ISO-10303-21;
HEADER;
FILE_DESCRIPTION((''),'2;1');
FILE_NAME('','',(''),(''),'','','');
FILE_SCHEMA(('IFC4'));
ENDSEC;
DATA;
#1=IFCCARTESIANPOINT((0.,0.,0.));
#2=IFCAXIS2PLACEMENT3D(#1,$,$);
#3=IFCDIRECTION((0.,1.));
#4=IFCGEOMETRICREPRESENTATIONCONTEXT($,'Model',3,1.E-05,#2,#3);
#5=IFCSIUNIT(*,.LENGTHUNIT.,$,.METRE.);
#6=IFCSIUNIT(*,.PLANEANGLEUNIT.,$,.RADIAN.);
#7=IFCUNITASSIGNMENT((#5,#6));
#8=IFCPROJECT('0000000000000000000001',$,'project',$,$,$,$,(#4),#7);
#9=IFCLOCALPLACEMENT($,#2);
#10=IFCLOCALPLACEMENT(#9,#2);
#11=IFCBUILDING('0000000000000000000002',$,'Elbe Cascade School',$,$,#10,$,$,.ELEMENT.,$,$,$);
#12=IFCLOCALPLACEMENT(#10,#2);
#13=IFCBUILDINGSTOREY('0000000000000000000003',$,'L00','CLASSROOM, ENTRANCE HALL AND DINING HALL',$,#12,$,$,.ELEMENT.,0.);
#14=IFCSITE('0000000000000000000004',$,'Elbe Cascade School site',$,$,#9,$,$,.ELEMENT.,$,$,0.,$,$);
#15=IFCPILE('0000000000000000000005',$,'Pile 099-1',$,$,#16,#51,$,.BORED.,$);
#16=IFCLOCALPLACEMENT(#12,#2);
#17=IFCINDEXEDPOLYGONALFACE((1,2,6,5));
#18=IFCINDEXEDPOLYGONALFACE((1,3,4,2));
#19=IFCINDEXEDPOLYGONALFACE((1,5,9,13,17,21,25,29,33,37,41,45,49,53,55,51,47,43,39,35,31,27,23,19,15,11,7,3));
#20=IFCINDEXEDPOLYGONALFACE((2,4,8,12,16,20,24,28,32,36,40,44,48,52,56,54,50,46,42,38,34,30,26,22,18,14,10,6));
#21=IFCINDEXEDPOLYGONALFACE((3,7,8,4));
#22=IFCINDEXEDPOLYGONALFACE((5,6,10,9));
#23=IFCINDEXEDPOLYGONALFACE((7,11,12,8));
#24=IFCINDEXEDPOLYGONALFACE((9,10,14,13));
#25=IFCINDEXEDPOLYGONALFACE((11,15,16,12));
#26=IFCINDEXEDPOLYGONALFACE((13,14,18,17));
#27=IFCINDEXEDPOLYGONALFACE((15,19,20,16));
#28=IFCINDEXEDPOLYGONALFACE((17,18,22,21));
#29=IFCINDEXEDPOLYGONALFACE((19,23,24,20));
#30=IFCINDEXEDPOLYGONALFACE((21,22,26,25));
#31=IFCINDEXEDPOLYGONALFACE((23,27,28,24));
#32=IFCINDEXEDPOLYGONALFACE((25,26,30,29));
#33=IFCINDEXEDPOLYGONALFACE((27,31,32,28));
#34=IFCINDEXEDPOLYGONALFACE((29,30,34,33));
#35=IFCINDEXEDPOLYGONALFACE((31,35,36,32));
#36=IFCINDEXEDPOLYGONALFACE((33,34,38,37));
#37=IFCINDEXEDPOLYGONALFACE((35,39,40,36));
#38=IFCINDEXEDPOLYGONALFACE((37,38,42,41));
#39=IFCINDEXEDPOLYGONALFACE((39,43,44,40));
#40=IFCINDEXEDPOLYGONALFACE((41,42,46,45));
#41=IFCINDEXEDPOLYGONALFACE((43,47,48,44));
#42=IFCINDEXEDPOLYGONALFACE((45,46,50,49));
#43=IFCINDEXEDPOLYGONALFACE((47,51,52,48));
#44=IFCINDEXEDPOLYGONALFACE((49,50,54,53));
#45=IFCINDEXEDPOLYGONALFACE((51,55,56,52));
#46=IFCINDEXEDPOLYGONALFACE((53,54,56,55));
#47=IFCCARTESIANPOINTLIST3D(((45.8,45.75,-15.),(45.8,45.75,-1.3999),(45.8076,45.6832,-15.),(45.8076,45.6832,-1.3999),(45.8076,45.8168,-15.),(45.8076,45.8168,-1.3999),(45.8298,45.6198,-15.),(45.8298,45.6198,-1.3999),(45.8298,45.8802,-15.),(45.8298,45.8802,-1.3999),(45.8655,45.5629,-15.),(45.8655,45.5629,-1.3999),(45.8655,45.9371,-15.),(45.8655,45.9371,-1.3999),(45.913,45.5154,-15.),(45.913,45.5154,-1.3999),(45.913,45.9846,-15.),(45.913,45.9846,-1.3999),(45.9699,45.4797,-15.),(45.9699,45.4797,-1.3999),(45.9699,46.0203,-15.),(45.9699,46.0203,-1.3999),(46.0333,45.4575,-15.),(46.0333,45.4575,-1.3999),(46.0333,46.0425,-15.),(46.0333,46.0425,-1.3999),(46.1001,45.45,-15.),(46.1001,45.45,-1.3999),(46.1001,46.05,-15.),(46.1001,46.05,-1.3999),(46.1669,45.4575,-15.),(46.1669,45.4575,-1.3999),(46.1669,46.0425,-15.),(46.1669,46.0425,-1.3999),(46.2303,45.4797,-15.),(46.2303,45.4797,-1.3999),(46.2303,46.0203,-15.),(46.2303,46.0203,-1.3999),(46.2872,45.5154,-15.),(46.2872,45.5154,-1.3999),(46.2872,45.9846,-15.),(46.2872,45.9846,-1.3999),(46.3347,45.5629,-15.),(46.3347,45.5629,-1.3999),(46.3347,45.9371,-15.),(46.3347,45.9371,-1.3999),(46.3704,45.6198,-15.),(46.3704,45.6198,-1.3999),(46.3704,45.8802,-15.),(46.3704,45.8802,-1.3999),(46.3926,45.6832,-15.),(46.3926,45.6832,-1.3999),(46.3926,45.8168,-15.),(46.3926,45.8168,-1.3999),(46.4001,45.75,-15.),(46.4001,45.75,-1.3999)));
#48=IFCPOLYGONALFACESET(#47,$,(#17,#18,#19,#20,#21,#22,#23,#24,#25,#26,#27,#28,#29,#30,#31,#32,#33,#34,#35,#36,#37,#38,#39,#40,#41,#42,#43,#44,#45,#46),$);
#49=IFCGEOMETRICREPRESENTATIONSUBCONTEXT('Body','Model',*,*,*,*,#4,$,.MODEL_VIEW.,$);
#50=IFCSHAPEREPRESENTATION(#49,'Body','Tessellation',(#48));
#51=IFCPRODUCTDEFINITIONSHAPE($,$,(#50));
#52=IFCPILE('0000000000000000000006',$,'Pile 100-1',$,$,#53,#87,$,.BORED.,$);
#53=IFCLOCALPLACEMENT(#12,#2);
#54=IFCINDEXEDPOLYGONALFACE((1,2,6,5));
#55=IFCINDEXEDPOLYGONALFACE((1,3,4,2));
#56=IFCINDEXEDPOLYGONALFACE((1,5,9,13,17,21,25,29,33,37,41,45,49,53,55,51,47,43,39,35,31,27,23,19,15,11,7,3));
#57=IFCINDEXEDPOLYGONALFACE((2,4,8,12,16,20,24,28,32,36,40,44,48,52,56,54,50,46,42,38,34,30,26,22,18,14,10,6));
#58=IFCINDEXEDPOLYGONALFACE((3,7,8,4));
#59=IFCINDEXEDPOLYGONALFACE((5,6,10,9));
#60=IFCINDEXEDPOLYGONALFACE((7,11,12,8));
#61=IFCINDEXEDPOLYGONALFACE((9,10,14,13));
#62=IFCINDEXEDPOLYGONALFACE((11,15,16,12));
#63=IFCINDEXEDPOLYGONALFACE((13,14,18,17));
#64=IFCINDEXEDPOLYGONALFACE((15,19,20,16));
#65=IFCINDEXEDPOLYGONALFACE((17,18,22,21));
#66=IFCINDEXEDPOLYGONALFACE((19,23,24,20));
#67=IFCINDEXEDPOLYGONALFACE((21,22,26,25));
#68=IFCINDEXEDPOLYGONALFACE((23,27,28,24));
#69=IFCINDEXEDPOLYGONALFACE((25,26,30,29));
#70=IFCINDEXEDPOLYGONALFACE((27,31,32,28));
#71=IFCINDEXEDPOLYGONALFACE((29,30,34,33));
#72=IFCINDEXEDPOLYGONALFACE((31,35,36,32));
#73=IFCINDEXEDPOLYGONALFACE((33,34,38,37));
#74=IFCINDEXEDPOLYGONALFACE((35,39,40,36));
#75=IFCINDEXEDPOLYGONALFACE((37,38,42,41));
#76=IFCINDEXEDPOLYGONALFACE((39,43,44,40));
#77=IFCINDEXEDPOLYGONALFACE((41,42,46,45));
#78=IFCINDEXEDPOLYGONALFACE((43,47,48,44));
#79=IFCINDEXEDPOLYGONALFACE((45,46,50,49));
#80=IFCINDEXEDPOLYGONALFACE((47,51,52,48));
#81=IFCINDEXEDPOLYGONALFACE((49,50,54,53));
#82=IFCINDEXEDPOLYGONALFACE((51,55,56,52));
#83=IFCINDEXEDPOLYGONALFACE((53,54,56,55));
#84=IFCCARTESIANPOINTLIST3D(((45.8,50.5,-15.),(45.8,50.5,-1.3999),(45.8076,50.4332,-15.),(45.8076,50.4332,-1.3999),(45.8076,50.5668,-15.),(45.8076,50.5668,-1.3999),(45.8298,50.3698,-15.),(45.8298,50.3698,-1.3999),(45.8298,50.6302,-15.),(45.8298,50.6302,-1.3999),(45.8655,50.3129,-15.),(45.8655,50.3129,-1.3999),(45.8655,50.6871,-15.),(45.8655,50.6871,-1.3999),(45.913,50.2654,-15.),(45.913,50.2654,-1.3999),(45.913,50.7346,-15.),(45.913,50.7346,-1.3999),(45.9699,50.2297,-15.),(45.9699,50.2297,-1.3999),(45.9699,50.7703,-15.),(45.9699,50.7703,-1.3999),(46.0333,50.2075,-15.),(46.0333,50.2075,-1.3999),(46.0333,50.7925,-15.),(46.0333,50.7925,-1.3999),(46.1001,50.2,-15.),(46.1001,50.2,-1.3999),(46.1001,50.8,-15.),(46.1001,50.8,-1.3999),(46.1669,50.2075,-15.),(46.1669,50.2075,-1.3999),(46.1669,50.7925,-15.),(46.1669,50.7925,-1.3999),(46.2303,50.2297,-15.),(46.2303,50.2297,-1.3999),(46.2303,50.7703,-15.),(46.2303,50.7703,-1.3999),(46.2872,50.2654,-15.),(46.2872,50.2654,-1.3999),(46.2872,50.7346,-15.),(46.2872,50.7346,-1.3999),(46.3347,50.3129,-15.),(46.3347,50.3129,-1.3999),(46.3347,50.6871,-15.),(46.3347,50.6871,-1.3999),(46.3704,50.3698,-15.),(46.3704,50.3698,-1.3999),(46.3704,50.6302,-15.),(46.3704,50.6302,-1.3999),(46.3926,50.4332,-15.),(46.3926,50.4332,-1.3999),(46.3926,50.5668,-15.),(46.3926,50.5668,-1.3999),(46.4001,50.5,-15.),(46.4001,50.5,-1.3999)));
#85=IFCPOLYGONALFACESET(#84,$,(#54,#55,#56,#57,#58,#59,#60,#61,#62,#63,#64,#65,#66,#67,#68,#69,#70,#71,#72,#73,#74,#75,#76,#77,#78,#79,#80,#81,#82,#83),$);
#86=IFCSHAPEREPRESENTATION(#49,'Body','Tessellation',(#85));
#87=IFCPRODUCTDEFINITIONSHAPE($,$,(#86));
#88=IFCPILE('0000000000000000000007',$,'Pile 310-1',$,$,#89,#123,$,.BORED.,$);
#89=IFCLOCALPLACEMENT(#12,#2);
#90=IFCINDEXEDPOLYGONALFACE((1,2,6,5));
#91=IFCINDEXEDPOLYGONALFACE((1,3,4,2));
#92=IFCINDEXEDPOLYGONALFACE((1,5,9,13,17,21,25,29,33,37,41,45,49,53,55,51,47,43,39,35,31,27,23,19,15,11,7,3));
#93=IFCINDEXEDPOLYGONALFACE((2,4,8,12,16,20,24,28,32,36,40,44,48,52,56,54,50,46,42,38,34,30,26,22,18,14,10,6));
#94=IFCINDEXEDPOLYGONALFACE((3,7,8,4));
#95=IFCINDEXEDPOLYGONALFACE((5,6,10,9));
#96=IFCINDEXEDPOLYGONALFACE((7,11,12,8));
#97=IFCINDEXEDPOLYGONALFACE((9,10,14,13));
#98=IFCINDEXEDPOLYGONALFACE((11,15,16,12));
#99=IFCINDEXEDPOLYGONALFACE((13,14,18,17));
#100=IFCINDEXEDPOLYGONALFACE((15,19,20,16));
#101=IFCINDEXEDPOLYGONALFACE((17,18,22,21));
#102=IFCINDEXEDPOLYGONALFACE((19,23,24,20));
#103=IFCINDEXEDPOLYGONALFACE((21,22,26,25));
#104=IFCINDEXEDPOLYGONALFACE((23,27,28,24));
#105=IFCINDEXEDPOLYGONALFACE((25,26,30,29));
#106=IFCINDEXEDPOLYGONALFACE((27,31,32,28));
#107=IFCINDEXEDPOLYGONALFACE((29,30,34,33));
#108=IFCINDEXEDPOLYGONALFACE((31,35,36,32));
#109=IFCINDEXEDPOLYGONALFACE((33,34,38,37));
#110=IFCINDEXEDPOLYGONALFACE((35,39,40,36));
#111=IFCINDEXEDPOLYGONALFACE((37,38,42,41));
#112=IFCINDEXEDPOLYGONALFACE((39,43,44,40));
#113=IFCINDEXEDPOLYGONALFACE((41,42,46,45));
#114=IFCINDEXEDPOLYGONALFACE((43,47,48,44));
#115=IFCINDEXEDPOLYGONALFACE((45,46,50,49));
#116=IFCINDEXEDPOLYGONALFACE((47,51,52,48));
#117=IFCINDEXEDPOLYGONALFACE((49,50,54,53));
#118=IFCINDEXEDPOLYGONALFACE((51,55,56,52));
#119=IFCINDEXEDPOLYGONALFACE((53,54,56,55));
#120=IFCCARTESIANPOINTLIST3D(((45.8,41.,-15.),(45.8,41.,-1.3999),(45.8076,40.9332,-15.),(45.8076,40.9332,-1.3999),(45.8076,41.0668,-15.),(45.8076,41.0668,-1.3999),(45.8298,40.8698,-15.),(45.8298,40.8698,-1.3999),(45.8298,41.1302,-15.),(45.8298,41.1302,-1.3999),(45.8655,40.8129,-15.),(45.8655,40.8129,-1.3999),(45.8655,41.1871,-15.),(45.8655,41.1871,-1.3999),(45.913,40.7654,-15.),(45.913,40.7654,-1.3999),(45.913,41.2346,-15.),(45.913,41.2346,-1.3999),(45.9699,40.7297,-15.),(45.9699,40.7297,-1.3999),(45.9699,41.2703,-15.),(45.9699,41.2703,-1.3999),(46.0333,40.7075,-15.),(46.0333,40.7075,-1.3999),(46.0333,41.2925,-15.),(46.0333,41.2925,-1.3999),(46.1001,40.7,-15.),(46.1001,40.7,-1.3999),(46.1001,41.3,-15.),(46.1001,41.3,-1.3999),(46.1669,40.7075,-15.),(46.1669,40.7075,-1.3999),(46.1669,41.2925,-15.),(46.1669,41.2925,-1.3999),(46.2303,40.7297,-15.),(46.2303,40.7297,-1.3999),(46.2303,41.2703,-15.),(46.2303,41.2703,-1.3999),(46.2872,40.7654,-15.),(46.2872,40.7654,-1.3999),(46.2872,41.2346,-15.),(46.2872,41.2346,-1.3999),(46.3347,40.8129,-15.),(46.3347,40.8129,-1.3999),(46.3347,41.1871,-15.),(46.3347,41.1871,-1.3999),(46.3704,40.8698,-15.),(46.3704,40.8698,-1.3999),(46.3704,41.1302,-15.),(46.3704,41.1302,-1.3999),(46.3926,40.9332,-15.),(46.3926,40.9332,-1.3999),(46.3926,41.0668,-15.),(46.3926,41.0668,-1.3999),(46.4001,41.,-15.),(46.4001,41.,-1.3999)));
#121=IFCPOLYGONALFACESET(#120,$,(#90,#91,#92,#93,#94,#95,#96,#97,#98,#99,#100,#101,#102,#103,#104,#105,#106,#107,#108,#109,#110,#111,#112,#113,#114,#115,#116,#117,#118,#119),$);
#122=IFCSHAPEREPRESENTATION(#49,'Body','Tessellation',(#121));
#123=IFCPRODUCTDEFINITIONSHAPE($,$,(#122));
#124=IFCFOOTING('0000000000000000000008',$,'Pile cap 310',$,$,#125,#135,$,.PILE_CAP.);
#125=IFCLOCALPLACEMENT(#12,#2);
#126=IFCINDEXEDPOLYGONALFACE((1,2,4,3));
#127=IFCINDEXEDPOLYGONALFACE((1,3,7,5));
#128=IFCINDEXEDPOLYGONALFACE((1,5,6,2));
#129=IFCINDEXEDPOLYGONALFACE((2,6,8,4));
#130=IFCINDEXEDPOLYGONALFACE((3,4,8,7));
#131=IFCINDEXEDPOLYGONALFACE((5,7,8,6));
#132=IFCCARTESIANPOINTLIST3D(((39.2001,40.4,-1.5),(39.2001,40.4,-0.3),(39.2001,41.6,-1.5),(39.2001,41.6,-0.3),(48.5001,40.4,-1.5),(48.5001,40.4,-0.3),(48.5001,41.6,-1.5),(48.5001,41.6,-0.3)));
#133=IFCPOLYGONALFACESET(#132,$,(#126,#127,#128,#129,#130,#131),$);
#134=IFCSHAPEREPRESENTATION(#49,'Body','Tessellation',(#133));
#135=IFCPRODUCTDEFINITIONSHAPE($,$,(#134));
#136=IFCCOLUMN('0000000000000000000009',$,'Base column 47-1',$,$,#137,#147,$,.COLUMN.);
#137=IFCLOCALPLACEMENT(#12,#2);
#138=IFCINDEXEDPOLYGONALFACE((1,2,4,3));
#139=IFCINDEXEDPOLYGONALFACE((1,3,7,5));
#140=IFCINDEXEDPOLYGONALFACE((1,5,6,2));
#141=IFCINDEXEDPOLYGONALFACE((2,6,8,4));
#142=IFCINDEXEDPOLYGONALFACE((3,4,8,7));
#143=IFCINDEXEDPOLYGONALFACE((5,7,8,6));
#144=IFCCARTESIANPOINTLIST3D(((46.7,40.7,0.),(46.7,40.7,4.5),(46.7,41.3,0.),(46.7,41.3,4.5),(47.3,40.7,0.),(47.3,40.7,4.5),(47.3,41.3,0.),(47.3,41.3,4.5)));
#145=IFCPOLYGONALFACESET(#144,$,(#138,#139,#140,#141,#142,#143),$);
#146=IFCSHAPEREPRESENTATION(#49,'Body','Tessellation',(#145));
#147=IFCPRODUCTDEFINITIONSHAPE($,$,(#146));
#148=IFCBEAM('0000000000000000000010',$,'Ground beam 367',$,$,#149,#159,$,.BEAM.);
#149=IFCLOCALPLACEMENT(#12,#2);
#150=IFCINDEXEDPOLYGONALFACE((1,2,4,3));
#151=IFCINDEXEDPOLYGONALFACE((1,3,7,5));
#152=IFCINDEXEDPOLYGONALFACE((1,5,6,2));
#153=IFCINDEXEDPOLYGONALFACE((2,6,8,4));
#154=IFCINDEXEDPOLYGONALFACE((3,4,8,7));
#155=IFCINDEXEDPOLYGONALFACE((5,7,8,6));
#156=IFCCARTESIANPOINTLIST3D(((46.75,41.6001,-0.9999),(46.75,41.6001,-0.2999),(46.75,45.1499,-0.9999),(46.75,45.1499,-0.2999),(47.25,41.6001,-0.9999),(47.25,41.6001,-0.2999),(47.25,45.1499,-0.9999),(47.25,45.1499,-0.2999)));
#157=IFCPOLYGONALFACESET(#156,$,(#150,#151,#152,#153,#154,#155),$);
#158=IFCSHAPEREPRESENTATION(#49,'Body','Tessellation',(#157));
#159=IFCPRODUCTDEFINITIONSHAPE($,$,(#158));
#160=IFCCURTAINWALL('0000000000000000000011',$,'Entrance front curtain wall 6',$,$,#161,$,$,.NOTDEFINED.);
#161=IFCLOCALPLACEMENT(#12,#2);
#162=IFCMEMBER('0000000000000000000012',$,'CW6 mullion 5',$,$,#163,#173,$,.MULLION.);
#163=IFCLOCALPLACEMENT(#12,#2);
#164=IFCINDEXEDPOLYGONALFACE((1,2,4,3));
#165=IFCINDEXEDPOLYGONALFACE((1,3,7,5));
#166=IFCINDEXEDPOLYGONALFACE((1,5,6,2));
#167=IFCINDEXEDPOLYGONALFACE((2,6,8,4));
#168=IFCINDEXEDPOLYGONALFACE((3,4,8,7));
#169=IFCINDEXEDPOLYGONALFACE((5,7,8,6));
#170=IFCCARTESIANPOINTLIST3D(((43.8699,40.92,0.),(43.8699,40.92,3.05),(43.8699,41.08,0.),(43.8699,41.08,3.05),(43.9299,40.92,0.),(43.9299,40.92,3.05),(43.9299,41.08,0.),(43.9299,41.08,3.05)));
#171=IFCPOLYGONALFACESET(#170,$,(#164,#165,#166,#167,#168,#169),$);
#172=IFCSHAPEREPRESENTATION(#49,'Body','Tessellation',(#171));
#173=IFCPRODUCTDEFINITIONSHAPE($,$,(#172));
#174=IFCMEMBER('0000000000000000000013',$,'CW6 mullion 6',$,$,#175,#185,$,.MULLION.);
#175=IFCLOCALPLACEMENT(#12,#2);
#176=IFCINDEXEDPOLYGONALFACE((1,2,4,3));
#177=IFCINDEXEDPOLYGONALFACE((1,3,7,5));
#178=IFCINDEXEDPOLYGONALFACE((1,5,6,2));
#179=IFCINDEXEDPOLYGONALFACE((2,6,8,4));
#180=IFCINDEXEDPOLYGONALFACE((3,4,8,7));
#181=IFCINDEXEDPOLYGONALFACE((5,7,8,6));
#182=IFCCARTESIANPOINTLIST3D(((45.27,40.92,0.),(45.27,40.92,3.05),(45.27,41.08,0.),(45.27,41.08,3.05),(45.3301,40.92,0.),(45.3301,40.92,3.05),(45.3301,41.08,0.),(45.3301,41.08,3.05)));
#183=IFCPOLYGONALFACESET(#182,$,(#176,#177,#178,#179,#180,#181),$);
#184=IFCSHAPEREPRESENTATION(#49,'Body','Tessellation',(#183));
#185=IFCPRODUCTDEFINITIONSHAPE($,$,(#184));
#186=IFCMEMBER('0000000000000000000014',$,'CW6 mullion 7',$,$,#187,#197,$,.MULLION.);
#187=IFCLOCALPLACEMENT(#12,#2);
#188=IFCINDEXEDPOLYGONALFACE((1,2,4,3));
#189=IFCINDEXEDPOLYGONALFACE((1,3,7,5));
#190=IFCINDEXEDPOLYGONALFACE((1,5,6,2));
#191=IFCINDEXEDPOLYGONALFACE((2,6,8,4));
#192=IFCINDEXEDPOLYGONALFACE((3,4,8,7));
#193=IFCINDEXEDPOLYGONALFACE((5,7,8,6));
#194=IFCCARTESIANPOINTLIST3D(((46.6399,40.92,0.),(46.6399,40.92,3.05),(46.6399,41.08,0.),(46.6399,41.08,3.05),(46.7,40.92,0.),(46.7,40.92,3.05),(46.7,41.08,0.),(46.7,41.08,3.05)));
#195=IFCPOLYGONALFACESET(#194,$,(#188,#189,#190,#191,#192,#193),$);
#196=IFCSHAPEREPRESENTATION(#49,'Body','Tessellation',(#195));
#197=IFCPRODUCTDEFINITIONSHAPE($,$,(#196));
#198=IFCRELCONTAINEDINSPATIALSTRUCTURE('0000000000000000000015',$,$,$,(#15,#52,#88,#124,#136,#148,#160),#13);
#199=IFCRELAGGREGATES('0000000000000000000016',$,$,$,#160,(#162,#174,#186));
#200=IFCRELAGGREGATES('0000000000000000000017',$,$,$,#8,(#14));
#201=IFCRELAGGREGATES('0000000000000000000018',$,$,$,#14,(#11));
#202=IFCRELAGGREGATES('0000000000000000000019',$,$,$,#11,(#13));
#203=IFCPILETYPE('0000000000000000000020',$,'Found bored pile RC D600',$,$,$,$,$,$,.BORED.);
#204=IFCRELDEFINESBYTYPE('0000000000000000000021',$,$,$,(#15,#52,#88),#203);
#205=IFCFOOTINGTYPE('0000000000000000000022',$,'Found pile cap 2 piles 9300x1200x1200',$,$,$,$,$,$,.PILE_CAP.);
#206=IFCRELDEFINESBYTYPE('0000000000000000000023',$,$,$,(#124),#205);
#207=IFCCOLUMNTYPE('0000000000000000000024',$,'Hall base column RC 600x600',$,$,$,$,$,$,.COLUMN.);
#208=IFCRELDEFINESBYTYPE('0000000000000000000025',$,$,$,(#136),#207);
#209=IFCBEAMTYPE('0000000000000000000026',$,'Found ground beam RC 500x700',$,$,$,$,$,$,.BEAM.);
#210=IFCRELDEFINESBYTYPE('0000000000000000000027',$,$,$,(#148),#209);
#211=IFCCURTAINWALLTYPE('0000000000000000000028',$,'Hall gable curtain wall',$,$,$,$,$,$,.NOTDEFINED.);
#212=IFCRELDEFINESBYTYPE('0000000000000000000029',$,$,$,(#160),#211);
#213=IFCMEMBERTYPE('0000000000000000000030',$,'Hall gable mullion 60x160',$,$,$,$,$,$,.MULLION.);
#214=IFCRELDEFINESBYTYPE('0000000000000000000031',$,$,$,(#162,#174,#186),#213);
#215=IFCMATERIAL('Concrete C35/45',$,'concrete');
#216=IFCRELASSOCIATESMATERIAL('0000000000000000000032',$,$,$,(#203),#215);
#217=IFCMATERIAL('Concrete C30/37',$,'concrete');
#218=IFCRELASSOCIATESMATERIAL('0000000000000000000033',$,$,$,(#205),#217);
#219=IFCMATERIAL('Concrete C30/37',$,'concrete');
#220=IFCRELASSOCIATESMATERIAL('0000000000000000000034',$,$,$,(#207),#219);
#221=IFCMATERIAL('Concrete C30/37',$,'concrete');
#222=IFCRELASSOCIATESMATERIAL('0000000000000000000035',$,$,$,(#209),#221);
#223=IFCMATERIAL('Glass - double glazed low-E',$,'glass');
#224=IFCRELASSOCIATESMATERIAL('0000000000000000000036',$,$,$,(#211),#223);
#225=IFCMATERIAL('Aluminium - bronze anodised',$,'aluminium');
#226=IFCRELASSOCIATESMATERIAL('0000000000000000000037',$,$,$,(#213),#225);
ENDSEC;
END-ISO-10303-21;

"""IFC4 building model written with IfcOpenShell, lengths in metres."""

from ifc_helpers import new_model, si_unit, direction, frame, origin, origin_2d, place, context, subcontext, project, spatial, rectangle, circle, extrude, material, material_profile, profile_set, type_object, element, aggregate, save


model = new_model("IFC4")

# Units and contexts
model_context = context("Model", 3, precision=1e-05, world=origin(), true_north=direction((0.0, 1.0)))
body_context = subcontext(model_context, "Body", "Model", "MODEL_VIEW")
ifc_project = project(units=[si_unit("LENGTHUNIT", "METRE"), si_unit("PLANEANGLEUNIT", "RADIAN")], contexts=[model_context])

# Site, building, storey
site_placement = place(None, origin())
site = spatial("IfcSite", under=ifc_project, at=site_placement, Name="Elbe Cascade School site", CompositionType="ELEMENT", RefElevation=0.0)
building_placement = place(site_placement, origin())
building = spatial("IfcBuilding", under=site, at=building_placement, Name="Elbe Cascade School", CompositionType="ELEMENT")
storey_placement = place(building_placement, origin())
storey = spatial("IfcBuildingStorey", under=building, at=storey_placement, Name="L00", Description="CLASSROOM, ENTRANCE HALL AND DINING HALL", CompositionType="ELEMENT", Elevation=0.0)

# Piles
ifc_material_1 = material(Name="Concrete C35/45", Category="concrete")
ifc_material_profile_1 = material_profile(ifc_material_1, circle(Radius=0.3, at=origin_2d()), Name="RC D600")
ifc_profile_set_1 = profile_set([ifc_material_profile_1], Name="Concrete C35/45")
pile_type = type_object("IfcPileType", Name="Found bored pile RC D600", PredefinedType="BORED", material=ifc_profile_set_1)
for number, where, z_axis, x_axis, name in (
    (1, (46.1001, 45.75, -1.3999), (0.0, 0.0, -1.0), (1.0, 0.0, 0.0), "Pile 099-1"),
    (2, (46.1001, 50.5, -1.3999), (0.0, 0.0, -1.0), (1.0, 0.0, 0.0), "Pile 100-1"),
    (3, (46.1001, 41.0, -1.3999), (0.0, 0.0, -1.0), (1.0, 0.0, 0.0), "Pile 310-1"),
):
    element("IfcPile", number, at=place(storey_placement, frame(where, z_axis=z_axis, x_axis=x_axis)), inside=storey, type_object=pile_type, Name=name, PredefinedType="BORED", context=body_context, shape_type="SweptSolid", body=[
        extrude(circle(Radius=0.3, at=origin_2d()), origin(), (0.0, 0.0, 1.0), 13.6001),
    ])

# Footing
ifc_material_2 = material(Name="Concrete C30/37", Category="concrete")
footing_type = type_object("IfcFootingType", Name="Found pile cap 2 piles 9300x1200x1200", PredefinedType="PILE_CAP", material=ifc_material_2)
footing_placement = place(storey_placement, frame((43.8501, 41.0, -1.5), z_axis=(0.0, 0.0, 1.0), x_axis=(1.0, 0.0, 0.0)))
element("IfcFooting", 4, at=footing_placement, inside=storey, type_object=footing_type, Name="Pile cap 310", PredefinedType="PILE_CAP", context=body_context, shape_type="SweptSolid", body=[
    extrude(rectangle(XDim=9.3, YDim=1.2, at=origin_2d()), origin(), (0.0, 0.0, 1.0), 1.2),
])

# Column
ifc_material_3 = material(Name="Concrete C30/37", Category="concrete")
ifc_material_profile_2 = material_profile(ifc_material_3, rectangle(XDim=0.6001, YDim=0.6001, at=origin_2d()), Name="RC 600x600")
ifc_profile_set_2 = profile_set([ifc_material_profile_2], Name="Concrete C30/37")
column_type = type_object("IfcColumnType", Name="Hall base column RC 600x600", PredefinedType="COLUMN", material=ifc_profile_set_2)
column_placement = place(storey_placement, frame((47.0, 41.0, 0.0), z_axis=(0.0, 0.0, 1.0), x_axis=(1.0, 0.0, 0.0)))
element("IfcColumn", 5, at=column_placement, inside=storey, type_object=column_type, Name="Base column 47-1", PredefinedType="COLUMN", context=body_context, shape_type="SweptSolid", body=[
    extrude(rectangle(XDim=0.6001, YDim=0.6001, at=origin_2d()), origin(), (0.0, 0.0, 1.0), 4.5),
])

# Beam
ifc_material_4 = material(Name="Concrete C30/37", Category="concrete")
ifc_material_profile_3 = material_profile(ifc_material_4, rectangle(XDim=0.5, YDim=0.7, at=origin_2d()), Name="RC 500x700")
ifc_profile_set_3 = profile_set([ifc_material_profile_3], Name="Concrete C30/37")
beam_type = type_object("IfcBeamType", Name="Found ground beam RC 500x700", PredefinedType="BEAM", material=ifc_profile_set_3)
beam_placement = place(storey_placement, frame((47.0, 41.6001, -0.6499), z_axis=(0.0, 1.0, 0.0), x_axis=(-1.0, 0.0, 0.0)))
element("IfcBeam", 6, at=beam_placement, inside=storey, type_object=beam_type, Name="Ground beam 367", PredefinedType="BEAM", context=body_context, shape_type="SweptSolid", body=[
    extrude(rectangle(XDim=0.5, YDim=0.7, at=origin_2d()), origin(), (0.0, 0.0, 1.0), 3.5498),
])

# Curtain wall, members
ifc_material_5 = material(Name="Glass - double glazed low-E", Category="glass")
curtain_wall_type = type_object("IfcCurtainWallType", Name="Hall gable curtain wall", PredefinedType="NOTDEFINED", material=ifc_material_5)
curtain_wall_placement = place(storey_placement, origin())
curtain_wall = element("IfcCurtainWall", 7, at=curtain_wall_placement, inside=storey, type_object=curtain_wall_type, Name="Entrance front curtain wall 6", PredefinedType="NOTDEFINED")
ifc_material_6 = material(Name="Aluminium - bronze anodised", Category="aluminium")
ifc_material_profile_4 = material_profile(ifc_material_6, rectangle(XDim=0.1599, YDim=0.0601, at=origin_2d()), Name="Alu 60x160")
ifc_profile_set_4 = profile_set([ifc_material_profile_4], Name="Aluminium - bronze anodised")
member_type_1 = type_object("IfcMemberType", Name="Hall gable mullion 60x160", PredefinedType="MULLION", material=ifc_profile_set_4)
member_1_placement = place(storey_placement, frame((43.8999, 41.0, 0.0), z_axis=(0.0, 0.0, 1.0), x_axis=(0.0, 1.0, 0.0)))
member_1 = element("IfcMember", 8, at=member_1_placement, type_object=member_type_1, Name="CW6 mullion 5", PredefinedType="MULLION", context=body_context, shape_type="SweptSolid", body=[
    extrude(rectangle(XDim=0.1599, YDim=0.0601, at=origin_2d()), origin(), (0.0, 0.0, 1.0), 3.05),
])
member_2_placement = place(storey_placement, frame((45.3, 41.0, 0.0), z_axis=(0.0, 0.0, 1.0), x_axis=(0.0, 1.0, 0.0)))
member_2 = element("IfcMember", 9, at=member_2_placement, type_object=member_type_1, Name="CW6 mullion 6", PredefinedType="MULLION", context=body_context, shape_type="SweptSolid", body=[
    extrude(rectangle(XDim=0.1599, YDim=0.0601, at=origin_2d()), origin(), (0.0, 0.0, 1.0), 3.05),
])
member_3_placement = place(storey_placement, frame((46.6699, 41.0, 0.0), z_axis=(0.0, 0.0, 1.0), x_axis=(0.0, 1.0, 0.0)))
member_3 = element("IfcMember", 10, at=member_3_placement, type_object=member_type_1, Name="CW6 mullion 7", PredefinedType="MULLION", context=body_context, shape_type="SweptSolid", body=[
    extrude(rectangle(XDim=0.1599, YDim=0.0601, at=origin_2d()), origin(), (0.0, 0.0, 1.0), 3.05),
])
aggregate(curtain_wall, [member_1, member_2, member_3])

save(model, "model.ifc")
